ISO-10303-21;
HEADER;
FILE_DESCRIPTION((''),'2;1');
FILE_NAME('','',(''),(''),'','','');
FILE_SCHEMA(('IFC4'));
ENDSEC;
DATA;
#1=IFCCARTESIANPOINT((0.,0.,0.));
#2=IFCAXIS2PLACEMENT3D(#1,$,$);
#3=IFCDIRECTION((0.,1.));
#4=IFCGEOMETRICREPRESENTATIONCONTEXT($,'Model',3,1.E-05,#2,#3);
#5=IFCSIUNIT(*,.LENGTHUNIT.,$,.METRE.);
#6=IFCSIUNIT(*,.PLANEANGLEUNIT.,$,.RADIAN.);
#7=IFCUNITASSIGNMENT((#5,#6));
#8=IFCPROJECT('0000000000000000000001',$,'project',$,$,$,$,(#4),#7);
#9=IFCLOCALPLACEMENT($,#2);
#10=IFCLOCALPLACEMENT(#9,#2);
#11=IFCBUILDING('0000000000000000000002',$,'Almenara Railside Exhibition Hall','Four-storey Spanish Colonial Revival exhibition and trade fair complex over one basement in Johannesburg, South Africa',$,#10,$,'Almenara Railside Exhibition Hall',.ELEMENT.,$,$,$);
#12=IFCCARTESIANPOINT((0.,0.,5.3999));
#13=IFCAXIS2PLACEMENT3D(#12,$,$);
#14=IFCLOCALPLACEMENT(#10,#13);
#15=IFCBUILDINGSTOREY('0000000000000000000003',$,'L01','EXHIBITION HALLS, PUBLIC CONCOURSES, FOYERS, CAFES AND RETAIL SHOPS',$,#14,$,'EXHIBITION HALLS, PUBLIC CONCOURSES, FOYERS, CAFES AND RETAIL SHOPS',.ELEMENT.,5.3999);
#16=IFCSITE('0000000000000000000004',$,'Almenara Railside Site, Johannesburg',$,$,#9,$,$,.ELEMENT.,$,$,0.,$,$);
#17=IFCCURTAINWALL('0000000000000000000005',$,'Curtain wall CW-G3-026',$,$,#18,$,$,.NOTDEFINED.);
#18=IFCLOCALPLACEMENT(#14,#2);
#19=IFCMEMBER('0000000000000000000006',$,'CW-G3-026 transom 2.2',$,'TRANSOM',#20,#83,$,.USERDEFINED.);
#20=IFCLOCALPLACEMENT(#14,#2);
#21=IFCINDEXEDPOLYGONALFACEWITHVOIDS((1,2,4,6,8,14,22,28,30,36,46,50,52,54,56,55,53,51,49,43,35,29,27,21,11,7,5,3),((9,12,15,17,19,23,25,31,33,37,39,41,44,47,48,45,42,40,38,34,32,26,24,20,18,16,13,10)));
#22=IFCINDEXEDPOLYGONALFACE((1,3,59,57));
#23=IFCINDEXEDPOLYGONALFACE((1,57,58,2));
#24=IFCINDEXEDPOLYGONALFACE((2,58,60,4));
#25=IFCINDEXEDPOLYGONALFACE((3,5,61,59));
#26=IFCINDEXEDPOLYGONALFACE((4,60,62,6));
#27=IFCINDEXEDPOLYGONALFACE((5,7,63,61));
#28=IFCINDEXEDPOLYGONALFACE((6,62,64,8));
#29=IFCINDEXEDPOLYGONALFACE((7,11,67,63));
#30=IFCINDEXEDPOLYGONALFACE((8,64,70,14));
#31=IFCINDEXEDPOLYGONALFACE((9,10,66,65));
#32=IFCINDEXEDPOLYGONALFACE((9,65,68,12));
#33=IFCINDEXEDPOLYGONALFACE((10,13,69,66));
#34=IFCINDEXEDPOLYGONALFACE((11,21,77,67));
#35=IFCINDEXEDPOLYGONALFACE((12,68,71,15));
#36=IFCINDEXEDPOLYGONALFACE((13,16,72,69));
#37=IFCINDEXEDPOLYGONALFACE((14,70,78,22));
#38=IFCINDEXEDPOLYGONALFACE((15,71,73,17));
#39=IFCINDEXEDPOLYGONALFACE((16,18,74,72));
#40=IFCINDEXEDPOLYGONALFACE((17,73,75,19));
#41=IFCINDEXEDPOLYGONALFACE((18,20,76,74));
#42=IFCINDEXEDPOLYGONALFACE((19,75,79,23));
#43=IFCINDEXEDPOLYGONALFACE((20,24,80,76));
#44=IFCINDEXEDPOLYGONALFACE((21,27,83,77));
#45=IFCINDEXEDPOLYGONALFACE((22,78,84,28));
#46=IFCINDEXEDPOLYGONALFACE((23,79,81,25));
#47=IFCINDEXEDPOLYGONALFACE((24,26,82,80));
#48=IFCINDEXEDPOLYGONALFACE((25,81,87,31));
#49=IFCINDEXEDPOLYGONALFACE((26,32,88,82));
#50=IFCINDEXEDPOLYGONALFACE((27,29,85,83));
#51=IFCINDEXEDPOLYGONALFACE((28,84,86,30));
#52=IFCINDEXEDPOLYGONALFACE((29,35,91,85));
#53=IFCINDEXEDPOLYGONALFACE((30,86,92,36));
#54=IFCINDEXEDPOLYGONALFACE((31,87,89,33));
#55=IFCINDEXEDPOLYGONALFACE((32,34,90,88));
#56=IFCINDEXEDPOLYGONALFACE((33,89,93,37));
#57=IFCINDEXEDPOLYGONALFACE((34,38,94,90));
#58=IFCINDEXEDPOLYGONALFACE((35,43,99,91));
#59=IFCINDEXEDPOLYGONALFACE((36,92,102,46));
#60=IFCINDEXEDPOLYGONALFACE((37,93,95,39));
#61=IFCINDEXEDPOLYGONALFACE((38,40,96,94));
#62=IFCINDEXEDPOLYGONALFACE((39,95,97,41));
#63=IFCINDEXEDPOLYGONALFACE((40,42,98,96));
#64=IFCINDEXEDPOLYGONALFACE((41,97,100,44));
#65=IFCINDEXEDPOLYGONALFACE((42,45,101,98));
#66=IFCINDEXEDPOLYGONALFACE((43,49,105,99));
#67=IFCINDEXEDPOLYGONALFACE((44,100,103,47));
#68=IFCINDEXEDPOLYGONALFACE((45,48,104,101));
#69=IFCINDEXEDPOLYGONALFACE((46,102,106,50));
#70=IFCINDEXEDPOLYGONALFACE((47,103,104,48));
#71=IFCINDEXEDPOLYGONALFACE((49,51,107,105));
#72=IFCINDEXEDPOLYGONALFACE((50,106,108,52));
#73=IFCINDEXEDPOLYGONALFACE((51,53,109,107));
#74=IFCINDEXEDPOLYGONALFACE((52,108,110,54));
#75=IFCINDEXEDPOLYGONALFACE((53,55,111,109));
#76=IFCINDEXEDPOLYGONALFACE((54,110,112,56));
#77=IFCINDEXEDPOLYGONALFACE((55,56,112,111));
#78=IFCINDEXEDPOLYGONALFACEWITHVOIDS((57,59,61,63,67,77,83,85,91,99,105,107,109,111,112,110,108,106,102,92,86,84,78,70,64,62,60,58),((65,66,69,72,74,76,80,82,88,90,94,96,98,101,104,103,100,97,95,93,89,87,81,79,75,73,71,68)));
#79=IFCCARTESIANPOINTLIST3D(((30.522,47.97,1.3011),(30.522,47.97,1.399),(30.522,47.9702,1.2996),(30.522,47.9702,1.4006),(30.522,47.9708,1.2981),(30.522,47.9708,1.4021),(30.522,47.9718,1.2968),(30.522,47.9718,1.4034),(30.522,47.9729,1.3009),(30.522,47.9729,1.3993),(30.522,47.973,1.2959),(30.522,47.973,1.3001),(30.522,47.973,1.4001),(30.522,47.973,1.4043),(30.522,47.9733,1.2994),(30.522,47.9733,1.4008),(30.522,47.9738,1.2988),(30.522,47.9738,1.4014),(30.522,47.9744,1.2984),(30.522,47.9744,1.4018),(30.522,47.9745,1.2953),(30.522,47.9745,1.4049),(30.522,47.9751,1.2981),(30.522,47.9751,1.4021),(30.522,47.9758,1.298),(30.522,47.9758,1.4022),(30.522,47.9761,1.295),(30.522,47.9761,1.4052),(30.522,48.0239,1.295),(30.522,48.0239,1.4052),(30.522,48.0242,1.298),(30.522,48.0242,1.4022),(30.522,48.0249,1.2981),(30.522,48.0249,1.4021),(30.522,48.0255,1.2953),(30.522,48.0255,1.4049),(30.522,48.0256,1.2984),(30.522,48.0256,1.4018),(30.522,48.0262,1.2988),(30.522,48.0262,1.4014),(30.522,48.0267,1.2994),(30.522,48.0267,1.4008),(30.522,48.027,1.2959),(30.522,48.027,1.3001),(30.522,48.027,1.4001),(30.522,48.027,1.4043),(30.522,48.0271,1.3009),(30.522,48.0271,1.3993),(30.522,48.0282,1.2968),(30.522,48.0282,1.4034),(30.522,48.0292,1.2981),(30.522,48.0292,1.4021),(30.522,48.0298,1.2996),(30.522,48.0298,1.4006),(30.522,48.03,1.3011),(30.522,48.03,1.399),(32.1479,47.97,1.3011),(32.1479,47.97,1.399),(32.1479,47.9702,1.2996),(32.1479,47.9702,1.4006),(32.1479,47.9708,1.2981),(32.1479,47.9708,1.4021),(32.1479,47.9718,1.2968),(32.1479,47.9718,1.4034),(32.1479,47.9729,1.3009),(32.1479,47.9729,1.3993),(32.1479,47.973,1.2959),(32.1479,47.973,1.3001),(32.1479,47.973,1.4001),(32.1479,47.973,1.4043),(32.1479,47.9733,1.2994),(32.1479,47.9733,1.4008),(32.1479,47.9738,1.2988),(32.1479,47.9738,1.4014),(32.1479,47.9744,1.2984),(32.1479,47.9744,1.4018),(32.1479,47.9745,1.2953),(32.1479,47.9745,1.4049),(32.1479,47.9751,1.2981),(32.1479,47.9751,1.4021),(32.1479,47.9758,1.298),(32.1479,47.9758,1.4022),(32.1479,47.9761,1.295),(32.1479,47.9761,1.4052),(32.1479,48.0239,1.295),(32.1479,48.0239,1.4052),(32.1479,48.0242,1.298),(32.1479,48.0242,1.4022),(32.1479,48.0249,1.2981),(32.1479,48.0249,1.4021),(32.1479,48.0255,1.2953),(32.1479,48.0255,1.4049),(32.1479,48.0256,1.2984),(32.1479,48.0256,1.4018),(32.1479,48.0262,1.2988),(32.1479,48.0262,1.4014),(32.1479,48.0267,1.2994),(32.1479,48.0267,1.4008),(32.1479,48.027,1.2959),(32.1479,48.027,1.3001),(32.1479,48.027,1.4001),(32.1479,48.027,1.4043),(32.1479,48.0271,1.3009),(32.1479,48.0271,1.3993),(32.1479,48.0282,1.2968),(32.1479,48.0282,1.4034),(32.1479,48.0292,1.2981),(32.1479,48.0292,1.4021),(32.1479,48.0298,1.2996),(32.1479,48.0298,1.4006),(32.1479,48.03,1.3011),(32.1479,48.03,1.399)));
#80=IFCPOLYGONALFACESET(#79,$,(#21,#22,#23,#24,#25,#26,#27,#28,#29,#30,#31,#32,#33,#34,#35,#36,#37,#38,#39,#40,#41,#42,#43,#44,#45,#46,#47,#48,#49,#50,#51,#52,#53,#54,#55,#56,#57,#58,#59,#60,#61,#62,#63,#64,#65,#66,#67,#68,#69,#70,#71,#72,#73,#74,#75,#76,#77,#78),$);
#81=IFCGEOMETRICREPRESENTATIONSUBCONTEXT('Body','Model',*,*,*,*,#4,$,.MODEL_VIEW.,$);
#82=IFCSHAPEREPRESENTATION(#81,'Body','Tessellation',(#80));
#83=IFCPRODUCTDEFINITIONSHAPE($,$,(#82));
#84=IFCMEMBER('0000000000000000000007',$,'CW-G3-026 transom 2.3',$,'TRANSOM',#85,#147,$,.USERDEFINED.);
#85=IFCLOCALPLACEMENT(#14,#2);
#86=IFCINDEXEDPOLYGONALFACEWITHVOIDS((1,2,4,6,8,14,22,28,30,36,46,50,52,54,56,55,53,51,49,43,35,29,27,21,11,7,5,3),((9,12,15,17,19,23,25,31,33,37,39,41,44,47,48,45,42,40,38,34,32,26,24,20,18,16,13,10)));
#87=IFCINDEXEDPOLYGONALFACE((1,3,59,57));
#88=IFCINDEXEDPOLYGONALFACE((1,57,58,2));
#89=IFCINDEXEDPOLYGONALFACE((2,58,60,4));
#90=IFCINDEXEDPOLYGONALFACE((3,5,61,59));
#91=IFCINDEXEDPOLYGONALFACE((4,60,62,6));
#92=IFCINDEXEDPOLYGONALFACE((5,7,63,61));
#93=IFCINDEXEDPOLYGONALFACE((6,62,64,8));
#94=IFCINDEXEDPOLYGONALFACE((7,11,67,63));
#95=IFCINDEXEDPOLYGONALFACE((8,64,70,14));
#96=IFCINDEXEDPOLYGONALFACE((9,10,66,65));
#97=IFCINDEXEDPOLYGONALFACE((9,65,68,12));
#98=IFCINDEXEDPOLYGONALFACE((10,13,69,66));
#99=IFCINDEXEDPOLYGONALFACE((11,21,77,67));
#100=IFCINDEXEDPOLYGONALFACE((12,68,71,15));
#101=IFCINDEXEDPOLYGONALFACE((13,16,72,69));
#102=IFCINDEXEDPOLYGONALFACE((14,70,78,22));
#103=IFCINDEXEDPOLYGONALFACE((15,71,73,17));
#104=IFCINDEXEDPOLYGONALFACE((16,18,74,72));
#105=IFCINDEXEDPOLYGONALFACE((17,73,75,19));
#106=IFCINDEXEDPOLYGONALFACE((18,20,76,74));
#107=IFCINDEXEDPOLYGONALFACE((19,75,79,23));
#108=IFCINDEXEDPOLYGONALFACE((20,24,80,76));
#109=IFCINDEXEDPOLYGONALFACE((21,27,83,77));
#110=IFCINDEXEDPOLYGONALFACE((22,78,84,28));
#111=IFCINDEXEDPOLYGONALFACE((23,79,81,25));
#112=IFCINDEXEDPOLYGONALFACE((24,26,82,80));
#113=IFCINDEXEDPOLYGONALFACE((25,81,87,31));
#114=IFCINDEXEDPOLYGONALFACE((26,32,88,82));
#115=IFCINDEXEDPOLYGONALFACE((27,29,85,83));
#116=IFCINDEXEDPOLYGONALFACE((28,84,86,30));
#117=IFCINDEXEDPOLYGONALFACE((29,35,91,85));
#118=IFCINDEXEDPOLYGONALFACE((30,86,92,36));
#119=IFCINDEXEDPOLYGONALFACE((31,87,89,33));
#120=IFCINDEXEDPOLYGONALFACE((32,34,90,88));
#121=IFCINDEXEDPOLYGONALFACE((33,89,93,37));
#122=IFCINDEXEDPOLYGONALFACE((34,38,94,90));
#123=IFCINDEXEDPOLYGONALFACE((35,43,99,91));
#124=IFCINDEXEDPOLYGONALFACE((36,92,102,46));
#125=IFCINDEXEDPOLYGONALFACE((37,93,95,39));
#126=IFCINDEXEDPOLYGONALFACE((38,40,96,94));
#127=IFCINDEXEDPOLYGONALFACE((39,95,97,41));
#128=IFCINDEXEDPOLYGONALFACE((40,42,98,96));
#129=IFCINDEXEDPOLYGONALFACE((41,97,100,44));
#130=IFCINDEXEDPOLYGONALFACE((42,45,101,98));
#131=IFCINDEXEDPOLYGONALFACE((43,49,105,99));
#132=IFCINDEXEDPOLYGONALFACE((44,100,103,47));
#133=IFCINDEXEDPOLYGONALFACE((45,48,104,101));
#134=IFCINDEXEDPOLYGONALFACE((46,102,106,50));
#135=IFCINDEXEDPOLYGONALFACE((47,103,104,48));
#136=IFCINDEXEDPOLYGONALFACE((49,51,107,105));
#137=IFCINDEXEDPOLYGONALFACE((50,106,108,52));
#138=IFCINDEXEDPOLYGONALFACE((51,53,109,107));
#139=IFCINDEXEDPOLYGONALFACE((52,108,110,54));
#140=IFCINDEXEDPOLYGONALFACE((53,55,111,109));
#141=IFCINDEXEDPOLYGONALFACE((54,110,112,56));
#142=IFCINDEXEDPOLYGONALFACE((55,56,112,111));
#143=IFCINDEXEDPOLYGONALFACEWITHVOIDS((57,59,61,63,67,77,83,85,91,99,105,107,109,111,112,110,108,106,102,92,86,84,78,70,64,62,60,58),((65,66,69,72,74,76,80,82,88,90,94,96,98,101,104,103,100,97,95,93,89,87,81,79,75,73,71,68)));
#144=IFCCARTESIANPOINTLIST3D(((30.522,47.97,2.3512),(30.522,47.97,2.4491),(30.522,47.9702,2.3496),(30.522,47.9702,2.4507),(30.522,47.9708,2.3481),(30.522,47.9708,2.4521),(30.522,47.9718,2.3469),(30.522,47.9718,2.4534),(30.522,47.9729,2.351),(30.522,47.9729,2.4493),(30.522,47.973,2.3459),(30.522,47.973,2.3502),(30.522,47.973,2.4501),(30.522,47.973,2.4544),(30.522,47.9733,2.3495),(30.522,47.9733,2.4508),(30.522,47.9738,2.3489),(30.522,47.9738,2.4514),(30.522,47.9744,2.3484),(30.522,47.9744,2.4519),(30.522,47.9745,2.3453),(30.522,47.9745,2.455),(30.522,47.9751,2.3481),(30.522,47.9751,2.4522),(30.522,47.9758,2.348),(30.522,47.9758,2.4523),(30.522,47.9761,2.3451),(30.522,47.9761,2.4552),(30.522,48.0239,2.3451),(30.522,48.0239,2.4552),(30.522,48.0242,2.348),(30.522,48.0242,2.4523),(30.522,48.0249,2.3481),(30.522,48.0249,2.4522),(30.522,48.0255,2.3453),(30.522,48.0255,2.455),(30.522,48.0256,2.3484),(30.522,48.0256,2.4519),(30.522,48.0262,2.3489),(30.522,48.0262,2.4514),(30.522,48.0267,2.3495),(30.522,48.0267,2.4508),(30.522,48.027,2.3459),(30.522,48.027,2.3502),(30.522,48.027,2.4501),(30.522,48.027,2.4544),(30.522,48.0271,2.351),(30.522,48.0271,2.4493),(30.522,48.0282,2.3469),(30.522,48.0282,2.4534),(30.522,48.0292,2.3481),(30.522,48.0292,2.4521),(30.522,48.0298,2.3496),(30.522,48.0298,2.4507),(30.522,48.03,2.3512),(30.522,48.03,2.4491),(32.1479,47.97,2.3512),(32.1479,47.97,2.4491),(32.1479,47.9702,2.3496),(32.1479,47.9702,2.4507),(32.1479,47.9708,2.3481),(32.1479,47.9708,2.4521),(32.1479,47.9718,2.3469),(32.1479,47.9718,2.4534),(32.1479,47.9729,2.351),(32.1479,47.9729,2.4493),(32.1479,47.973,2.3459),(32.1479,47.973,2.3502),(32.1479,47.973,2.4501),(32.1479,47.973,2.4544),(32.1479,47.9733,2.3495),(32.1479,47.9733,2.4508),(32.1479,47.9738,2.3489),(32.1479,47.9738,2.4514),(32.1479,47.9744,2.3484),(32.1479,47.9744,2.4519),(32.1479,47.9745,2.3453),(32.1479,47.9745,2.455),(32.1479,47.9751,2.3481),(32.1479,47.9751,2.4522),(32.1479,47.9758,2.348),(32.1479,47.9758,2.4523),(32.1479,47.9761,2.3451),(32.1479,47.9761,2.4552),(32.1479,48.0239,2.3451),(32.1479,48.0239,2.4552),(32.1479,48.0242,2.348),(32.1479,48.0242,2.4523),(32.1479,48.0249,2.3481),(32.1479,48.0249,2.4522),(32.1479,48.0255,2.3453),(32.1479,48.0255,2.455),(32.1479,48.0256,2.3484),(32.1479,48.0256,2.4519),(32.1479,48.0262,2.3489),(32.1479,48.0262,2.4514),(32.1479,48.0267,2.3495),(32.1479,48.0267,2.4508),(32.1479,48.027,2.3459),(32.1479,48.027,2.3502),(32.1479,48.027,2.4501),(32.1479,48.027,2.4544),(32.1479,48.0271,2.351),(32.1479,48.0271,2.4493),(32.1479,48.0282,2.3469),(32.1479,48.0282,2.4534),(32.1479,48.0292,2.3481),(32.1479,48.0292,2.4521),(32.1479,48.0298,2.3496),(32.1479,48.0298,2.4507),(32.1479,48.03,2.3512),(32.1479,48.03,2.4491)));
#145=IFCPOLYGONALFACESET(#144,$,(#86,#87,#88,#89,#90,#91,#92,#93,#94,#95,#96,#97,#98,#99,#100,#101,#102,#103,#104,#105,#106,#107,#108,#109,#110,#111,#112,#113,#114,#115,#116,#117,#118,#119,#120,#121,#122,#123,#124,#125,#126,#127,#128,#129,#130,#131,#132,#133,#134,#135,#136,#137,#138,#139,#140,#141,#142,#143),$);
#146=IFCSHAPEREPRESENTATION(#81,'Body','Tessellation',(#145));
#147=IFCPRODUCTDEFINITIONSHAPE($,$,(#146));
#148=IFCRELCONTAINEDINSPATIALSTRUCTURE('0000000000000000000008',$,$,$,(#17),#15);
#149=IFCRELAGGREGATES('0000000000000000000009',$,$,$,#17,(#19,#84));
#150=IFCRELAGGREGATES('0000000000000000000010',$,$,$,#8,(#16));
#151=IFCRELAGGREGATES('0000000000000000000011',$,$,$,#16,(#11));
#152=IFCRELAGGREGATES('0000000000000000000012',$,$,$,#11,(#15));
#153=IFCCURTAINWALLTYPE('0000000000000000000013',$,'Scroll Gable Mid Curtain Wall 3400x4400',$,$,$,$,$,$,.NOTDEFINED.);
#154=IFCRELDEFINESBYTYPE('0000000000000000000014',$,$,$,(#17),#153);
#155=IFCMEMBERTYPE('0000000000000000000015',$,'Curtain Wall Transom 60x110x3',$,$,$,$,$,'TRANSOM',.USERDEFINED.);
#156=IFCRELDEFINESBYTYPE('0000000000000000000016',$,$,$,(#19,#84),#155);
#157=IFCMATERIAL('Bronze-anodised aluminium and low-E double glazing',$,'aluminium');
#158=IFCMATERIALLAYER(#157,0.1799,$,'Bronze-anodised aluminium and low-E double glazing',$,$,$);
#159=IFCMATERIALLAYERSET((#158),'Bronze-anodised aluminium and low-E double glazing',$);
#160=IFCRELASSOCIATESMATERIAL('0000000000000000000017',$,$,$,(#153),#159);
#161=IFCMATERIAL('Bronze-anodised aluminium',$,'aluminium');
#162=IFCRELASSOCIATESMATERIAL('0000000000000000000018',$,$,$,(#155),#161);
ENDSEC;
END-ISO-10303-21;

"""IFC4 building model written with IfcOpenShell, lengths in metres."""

from ifc_helpers import new_model, si_unit, direction, frame, origin, origin_2d, place, context, subcontext, project, spatial, hollow_rectangle, extrude, material, layer, layer_set, material_profile, profile_set, type_object, element, aggregate, save


model = new_model("IFC4")

# Units and contexts
model_context = context("Model", 3, precision=1e-05, world=origin(), true_north=direction((0.0, 1.0)))
body_context = subcontext(model_context, "Body", "Model", "MODEL_VIEW")
ifc_project = project(units=[si_unit("LENGTHUNIT", "METRE"), si_unit("PLANEANGLEUNIT", "RADIAN")], contexts=[model_context])

# Site, building, storey
site_placement = place(None, origin())
site = spatial("IfcSite", under=ifc_project, at=site_placement, Name="Almenara Railside Site, Johannesburg", CompositionType="ELEMENT", RefElevation=0.0)
building_placement = place(site_placement, origin())
building = spatial("IfcBuilding", under=site, at=building_placement, Name="Almenara Railside Exhibition Hall", Description="Four-storey Spanish Colonial Revival exhibition and trade fair complex over one basement in Johannesburg, South Africa", LongName="Almenara Railside Exhibition Hall", CompositionType="ELEMENT")
storey_placement = place(building_placement, frame((0.0, 0.0, 5.3999)))
storey = spatial("IfcBuildingStorey", under=building, at=storey_placement, Name="L01", Description="EXHIBITION HALLS, PUBLIC CONCOURSES, FOYERS, CAFES AND RETAIL SHOPS", LongName="EXHIBITION HALLS, PUBLIC CONCOURSES, FOYERS, CAFES AND RETAIL SHOPS", CompositionType="ELEMENT", Elevation=5.3999)

# Shared definitions
ifc_material_1 = material(Name="Bronze-anodised aluminium and low-E double glazing", Category="aluminium")
ifc_layer_1 = layer(ifc_material_1, 0.1799, Name="Bronze-anodised aluminium and low-E double glazing")
ifc_layer_set_1 = layer_set([ifc_layer_1], Name="Bronze-anodised aluminium and low-E double glazing")
curtain_wall_type_1 = type_object("IfcCurtainWallType", Name="Scroll Gable Mid Curtain Wall 3400x4400", PredefinedType="NOTDEFINED", material=ifc_layer_set_1)
ifc_material_2 = material(Name="Bronze-anodised aluminium", Category="aluminium")

# Curtain wall
curtain_wall_1_placement = place(storey_placement, origin())
curtain_wall_1 = element("IfcCurtainWall", 1, at=curtain_wall_1_placement, inside=storey, type_object=curtain_wall_type_1, Name="Curtain wall CW-G3-026", PredefinedType="NOTDEFINED")

# Members
ifc_material_profile_1 = material_profile(ifc_material_2, hollow_rectangle(XDim=0.0601, YDim=0.1101, WallThickness=0.0029, InnerFilletRadius=0.0029, OuterFilletRadius=0.0061, at=origin_2d()), Name="ALU-TRN 60x110x3")
ifc_profile_set_1 = profile_set([ifc_material_profile_1], Name="Bronze-anodised aluminium")
member_type_1 = type_object("IfcMemberType", Name="Curtain Wall Transom 60x110x3", ElementType="TRANSOM", PredefinedType="USERDEFINED", material=ifc_profile_set_1)
member_1_placement = place(storey_placement, frame((30.522, 48.0, 1.3501), z_axis=(1.0, 0.0, 0.0), x_axis=(0.0, 1.0, 0.0)))
member_1 = element("IfcMember", 2, at=member_1_placement, type_object=member_type_1, Name="CW-G3-026 transom 2.2", ObjectType="TRANSOM", PredefinedType="USERDEFINED", context=body_context, shape_type="SweptSolid", body=[
    extrude(hollow_rectangle(XDim=0.0601, YDim=0.1101, WallThickness=0.0029, InnerFilletRadius=0.0029, OuterFilletRadius=0.0061, at=origin_2d()), origin(), (0.0, 0.0, 1.0), 1.626),
])
member_2_placement = place(storey_placement, frame((30.522, 48.0, 2.4001), z_axis=(1.0, 0.0, 0.0), x_axis=(0.0, 1.0, 0.0)))
member_2 = element("IfcMember", 3, at=member_2_placement, type_object=member_type_1, Name="CW-G3-026 transom 2.3", ObjectType="TRANSOM", PredefinedType="USERDEFINED", context=body_context, shape_type="SweptSolid", body=[
    extrude(hollow_rectangle(XDim=0.0601, YDim=0.1101, WallThickness=0.0029, InnerFilletRadius=0.0029, OuterFilletRadius=0.0061, at=origin_2d()), origin(), (0.0, 0.0, 1.0), 1.626),
])

aggregate(curtain_wall_1, [member_1, member_2])

save(model, "model.ifc")
